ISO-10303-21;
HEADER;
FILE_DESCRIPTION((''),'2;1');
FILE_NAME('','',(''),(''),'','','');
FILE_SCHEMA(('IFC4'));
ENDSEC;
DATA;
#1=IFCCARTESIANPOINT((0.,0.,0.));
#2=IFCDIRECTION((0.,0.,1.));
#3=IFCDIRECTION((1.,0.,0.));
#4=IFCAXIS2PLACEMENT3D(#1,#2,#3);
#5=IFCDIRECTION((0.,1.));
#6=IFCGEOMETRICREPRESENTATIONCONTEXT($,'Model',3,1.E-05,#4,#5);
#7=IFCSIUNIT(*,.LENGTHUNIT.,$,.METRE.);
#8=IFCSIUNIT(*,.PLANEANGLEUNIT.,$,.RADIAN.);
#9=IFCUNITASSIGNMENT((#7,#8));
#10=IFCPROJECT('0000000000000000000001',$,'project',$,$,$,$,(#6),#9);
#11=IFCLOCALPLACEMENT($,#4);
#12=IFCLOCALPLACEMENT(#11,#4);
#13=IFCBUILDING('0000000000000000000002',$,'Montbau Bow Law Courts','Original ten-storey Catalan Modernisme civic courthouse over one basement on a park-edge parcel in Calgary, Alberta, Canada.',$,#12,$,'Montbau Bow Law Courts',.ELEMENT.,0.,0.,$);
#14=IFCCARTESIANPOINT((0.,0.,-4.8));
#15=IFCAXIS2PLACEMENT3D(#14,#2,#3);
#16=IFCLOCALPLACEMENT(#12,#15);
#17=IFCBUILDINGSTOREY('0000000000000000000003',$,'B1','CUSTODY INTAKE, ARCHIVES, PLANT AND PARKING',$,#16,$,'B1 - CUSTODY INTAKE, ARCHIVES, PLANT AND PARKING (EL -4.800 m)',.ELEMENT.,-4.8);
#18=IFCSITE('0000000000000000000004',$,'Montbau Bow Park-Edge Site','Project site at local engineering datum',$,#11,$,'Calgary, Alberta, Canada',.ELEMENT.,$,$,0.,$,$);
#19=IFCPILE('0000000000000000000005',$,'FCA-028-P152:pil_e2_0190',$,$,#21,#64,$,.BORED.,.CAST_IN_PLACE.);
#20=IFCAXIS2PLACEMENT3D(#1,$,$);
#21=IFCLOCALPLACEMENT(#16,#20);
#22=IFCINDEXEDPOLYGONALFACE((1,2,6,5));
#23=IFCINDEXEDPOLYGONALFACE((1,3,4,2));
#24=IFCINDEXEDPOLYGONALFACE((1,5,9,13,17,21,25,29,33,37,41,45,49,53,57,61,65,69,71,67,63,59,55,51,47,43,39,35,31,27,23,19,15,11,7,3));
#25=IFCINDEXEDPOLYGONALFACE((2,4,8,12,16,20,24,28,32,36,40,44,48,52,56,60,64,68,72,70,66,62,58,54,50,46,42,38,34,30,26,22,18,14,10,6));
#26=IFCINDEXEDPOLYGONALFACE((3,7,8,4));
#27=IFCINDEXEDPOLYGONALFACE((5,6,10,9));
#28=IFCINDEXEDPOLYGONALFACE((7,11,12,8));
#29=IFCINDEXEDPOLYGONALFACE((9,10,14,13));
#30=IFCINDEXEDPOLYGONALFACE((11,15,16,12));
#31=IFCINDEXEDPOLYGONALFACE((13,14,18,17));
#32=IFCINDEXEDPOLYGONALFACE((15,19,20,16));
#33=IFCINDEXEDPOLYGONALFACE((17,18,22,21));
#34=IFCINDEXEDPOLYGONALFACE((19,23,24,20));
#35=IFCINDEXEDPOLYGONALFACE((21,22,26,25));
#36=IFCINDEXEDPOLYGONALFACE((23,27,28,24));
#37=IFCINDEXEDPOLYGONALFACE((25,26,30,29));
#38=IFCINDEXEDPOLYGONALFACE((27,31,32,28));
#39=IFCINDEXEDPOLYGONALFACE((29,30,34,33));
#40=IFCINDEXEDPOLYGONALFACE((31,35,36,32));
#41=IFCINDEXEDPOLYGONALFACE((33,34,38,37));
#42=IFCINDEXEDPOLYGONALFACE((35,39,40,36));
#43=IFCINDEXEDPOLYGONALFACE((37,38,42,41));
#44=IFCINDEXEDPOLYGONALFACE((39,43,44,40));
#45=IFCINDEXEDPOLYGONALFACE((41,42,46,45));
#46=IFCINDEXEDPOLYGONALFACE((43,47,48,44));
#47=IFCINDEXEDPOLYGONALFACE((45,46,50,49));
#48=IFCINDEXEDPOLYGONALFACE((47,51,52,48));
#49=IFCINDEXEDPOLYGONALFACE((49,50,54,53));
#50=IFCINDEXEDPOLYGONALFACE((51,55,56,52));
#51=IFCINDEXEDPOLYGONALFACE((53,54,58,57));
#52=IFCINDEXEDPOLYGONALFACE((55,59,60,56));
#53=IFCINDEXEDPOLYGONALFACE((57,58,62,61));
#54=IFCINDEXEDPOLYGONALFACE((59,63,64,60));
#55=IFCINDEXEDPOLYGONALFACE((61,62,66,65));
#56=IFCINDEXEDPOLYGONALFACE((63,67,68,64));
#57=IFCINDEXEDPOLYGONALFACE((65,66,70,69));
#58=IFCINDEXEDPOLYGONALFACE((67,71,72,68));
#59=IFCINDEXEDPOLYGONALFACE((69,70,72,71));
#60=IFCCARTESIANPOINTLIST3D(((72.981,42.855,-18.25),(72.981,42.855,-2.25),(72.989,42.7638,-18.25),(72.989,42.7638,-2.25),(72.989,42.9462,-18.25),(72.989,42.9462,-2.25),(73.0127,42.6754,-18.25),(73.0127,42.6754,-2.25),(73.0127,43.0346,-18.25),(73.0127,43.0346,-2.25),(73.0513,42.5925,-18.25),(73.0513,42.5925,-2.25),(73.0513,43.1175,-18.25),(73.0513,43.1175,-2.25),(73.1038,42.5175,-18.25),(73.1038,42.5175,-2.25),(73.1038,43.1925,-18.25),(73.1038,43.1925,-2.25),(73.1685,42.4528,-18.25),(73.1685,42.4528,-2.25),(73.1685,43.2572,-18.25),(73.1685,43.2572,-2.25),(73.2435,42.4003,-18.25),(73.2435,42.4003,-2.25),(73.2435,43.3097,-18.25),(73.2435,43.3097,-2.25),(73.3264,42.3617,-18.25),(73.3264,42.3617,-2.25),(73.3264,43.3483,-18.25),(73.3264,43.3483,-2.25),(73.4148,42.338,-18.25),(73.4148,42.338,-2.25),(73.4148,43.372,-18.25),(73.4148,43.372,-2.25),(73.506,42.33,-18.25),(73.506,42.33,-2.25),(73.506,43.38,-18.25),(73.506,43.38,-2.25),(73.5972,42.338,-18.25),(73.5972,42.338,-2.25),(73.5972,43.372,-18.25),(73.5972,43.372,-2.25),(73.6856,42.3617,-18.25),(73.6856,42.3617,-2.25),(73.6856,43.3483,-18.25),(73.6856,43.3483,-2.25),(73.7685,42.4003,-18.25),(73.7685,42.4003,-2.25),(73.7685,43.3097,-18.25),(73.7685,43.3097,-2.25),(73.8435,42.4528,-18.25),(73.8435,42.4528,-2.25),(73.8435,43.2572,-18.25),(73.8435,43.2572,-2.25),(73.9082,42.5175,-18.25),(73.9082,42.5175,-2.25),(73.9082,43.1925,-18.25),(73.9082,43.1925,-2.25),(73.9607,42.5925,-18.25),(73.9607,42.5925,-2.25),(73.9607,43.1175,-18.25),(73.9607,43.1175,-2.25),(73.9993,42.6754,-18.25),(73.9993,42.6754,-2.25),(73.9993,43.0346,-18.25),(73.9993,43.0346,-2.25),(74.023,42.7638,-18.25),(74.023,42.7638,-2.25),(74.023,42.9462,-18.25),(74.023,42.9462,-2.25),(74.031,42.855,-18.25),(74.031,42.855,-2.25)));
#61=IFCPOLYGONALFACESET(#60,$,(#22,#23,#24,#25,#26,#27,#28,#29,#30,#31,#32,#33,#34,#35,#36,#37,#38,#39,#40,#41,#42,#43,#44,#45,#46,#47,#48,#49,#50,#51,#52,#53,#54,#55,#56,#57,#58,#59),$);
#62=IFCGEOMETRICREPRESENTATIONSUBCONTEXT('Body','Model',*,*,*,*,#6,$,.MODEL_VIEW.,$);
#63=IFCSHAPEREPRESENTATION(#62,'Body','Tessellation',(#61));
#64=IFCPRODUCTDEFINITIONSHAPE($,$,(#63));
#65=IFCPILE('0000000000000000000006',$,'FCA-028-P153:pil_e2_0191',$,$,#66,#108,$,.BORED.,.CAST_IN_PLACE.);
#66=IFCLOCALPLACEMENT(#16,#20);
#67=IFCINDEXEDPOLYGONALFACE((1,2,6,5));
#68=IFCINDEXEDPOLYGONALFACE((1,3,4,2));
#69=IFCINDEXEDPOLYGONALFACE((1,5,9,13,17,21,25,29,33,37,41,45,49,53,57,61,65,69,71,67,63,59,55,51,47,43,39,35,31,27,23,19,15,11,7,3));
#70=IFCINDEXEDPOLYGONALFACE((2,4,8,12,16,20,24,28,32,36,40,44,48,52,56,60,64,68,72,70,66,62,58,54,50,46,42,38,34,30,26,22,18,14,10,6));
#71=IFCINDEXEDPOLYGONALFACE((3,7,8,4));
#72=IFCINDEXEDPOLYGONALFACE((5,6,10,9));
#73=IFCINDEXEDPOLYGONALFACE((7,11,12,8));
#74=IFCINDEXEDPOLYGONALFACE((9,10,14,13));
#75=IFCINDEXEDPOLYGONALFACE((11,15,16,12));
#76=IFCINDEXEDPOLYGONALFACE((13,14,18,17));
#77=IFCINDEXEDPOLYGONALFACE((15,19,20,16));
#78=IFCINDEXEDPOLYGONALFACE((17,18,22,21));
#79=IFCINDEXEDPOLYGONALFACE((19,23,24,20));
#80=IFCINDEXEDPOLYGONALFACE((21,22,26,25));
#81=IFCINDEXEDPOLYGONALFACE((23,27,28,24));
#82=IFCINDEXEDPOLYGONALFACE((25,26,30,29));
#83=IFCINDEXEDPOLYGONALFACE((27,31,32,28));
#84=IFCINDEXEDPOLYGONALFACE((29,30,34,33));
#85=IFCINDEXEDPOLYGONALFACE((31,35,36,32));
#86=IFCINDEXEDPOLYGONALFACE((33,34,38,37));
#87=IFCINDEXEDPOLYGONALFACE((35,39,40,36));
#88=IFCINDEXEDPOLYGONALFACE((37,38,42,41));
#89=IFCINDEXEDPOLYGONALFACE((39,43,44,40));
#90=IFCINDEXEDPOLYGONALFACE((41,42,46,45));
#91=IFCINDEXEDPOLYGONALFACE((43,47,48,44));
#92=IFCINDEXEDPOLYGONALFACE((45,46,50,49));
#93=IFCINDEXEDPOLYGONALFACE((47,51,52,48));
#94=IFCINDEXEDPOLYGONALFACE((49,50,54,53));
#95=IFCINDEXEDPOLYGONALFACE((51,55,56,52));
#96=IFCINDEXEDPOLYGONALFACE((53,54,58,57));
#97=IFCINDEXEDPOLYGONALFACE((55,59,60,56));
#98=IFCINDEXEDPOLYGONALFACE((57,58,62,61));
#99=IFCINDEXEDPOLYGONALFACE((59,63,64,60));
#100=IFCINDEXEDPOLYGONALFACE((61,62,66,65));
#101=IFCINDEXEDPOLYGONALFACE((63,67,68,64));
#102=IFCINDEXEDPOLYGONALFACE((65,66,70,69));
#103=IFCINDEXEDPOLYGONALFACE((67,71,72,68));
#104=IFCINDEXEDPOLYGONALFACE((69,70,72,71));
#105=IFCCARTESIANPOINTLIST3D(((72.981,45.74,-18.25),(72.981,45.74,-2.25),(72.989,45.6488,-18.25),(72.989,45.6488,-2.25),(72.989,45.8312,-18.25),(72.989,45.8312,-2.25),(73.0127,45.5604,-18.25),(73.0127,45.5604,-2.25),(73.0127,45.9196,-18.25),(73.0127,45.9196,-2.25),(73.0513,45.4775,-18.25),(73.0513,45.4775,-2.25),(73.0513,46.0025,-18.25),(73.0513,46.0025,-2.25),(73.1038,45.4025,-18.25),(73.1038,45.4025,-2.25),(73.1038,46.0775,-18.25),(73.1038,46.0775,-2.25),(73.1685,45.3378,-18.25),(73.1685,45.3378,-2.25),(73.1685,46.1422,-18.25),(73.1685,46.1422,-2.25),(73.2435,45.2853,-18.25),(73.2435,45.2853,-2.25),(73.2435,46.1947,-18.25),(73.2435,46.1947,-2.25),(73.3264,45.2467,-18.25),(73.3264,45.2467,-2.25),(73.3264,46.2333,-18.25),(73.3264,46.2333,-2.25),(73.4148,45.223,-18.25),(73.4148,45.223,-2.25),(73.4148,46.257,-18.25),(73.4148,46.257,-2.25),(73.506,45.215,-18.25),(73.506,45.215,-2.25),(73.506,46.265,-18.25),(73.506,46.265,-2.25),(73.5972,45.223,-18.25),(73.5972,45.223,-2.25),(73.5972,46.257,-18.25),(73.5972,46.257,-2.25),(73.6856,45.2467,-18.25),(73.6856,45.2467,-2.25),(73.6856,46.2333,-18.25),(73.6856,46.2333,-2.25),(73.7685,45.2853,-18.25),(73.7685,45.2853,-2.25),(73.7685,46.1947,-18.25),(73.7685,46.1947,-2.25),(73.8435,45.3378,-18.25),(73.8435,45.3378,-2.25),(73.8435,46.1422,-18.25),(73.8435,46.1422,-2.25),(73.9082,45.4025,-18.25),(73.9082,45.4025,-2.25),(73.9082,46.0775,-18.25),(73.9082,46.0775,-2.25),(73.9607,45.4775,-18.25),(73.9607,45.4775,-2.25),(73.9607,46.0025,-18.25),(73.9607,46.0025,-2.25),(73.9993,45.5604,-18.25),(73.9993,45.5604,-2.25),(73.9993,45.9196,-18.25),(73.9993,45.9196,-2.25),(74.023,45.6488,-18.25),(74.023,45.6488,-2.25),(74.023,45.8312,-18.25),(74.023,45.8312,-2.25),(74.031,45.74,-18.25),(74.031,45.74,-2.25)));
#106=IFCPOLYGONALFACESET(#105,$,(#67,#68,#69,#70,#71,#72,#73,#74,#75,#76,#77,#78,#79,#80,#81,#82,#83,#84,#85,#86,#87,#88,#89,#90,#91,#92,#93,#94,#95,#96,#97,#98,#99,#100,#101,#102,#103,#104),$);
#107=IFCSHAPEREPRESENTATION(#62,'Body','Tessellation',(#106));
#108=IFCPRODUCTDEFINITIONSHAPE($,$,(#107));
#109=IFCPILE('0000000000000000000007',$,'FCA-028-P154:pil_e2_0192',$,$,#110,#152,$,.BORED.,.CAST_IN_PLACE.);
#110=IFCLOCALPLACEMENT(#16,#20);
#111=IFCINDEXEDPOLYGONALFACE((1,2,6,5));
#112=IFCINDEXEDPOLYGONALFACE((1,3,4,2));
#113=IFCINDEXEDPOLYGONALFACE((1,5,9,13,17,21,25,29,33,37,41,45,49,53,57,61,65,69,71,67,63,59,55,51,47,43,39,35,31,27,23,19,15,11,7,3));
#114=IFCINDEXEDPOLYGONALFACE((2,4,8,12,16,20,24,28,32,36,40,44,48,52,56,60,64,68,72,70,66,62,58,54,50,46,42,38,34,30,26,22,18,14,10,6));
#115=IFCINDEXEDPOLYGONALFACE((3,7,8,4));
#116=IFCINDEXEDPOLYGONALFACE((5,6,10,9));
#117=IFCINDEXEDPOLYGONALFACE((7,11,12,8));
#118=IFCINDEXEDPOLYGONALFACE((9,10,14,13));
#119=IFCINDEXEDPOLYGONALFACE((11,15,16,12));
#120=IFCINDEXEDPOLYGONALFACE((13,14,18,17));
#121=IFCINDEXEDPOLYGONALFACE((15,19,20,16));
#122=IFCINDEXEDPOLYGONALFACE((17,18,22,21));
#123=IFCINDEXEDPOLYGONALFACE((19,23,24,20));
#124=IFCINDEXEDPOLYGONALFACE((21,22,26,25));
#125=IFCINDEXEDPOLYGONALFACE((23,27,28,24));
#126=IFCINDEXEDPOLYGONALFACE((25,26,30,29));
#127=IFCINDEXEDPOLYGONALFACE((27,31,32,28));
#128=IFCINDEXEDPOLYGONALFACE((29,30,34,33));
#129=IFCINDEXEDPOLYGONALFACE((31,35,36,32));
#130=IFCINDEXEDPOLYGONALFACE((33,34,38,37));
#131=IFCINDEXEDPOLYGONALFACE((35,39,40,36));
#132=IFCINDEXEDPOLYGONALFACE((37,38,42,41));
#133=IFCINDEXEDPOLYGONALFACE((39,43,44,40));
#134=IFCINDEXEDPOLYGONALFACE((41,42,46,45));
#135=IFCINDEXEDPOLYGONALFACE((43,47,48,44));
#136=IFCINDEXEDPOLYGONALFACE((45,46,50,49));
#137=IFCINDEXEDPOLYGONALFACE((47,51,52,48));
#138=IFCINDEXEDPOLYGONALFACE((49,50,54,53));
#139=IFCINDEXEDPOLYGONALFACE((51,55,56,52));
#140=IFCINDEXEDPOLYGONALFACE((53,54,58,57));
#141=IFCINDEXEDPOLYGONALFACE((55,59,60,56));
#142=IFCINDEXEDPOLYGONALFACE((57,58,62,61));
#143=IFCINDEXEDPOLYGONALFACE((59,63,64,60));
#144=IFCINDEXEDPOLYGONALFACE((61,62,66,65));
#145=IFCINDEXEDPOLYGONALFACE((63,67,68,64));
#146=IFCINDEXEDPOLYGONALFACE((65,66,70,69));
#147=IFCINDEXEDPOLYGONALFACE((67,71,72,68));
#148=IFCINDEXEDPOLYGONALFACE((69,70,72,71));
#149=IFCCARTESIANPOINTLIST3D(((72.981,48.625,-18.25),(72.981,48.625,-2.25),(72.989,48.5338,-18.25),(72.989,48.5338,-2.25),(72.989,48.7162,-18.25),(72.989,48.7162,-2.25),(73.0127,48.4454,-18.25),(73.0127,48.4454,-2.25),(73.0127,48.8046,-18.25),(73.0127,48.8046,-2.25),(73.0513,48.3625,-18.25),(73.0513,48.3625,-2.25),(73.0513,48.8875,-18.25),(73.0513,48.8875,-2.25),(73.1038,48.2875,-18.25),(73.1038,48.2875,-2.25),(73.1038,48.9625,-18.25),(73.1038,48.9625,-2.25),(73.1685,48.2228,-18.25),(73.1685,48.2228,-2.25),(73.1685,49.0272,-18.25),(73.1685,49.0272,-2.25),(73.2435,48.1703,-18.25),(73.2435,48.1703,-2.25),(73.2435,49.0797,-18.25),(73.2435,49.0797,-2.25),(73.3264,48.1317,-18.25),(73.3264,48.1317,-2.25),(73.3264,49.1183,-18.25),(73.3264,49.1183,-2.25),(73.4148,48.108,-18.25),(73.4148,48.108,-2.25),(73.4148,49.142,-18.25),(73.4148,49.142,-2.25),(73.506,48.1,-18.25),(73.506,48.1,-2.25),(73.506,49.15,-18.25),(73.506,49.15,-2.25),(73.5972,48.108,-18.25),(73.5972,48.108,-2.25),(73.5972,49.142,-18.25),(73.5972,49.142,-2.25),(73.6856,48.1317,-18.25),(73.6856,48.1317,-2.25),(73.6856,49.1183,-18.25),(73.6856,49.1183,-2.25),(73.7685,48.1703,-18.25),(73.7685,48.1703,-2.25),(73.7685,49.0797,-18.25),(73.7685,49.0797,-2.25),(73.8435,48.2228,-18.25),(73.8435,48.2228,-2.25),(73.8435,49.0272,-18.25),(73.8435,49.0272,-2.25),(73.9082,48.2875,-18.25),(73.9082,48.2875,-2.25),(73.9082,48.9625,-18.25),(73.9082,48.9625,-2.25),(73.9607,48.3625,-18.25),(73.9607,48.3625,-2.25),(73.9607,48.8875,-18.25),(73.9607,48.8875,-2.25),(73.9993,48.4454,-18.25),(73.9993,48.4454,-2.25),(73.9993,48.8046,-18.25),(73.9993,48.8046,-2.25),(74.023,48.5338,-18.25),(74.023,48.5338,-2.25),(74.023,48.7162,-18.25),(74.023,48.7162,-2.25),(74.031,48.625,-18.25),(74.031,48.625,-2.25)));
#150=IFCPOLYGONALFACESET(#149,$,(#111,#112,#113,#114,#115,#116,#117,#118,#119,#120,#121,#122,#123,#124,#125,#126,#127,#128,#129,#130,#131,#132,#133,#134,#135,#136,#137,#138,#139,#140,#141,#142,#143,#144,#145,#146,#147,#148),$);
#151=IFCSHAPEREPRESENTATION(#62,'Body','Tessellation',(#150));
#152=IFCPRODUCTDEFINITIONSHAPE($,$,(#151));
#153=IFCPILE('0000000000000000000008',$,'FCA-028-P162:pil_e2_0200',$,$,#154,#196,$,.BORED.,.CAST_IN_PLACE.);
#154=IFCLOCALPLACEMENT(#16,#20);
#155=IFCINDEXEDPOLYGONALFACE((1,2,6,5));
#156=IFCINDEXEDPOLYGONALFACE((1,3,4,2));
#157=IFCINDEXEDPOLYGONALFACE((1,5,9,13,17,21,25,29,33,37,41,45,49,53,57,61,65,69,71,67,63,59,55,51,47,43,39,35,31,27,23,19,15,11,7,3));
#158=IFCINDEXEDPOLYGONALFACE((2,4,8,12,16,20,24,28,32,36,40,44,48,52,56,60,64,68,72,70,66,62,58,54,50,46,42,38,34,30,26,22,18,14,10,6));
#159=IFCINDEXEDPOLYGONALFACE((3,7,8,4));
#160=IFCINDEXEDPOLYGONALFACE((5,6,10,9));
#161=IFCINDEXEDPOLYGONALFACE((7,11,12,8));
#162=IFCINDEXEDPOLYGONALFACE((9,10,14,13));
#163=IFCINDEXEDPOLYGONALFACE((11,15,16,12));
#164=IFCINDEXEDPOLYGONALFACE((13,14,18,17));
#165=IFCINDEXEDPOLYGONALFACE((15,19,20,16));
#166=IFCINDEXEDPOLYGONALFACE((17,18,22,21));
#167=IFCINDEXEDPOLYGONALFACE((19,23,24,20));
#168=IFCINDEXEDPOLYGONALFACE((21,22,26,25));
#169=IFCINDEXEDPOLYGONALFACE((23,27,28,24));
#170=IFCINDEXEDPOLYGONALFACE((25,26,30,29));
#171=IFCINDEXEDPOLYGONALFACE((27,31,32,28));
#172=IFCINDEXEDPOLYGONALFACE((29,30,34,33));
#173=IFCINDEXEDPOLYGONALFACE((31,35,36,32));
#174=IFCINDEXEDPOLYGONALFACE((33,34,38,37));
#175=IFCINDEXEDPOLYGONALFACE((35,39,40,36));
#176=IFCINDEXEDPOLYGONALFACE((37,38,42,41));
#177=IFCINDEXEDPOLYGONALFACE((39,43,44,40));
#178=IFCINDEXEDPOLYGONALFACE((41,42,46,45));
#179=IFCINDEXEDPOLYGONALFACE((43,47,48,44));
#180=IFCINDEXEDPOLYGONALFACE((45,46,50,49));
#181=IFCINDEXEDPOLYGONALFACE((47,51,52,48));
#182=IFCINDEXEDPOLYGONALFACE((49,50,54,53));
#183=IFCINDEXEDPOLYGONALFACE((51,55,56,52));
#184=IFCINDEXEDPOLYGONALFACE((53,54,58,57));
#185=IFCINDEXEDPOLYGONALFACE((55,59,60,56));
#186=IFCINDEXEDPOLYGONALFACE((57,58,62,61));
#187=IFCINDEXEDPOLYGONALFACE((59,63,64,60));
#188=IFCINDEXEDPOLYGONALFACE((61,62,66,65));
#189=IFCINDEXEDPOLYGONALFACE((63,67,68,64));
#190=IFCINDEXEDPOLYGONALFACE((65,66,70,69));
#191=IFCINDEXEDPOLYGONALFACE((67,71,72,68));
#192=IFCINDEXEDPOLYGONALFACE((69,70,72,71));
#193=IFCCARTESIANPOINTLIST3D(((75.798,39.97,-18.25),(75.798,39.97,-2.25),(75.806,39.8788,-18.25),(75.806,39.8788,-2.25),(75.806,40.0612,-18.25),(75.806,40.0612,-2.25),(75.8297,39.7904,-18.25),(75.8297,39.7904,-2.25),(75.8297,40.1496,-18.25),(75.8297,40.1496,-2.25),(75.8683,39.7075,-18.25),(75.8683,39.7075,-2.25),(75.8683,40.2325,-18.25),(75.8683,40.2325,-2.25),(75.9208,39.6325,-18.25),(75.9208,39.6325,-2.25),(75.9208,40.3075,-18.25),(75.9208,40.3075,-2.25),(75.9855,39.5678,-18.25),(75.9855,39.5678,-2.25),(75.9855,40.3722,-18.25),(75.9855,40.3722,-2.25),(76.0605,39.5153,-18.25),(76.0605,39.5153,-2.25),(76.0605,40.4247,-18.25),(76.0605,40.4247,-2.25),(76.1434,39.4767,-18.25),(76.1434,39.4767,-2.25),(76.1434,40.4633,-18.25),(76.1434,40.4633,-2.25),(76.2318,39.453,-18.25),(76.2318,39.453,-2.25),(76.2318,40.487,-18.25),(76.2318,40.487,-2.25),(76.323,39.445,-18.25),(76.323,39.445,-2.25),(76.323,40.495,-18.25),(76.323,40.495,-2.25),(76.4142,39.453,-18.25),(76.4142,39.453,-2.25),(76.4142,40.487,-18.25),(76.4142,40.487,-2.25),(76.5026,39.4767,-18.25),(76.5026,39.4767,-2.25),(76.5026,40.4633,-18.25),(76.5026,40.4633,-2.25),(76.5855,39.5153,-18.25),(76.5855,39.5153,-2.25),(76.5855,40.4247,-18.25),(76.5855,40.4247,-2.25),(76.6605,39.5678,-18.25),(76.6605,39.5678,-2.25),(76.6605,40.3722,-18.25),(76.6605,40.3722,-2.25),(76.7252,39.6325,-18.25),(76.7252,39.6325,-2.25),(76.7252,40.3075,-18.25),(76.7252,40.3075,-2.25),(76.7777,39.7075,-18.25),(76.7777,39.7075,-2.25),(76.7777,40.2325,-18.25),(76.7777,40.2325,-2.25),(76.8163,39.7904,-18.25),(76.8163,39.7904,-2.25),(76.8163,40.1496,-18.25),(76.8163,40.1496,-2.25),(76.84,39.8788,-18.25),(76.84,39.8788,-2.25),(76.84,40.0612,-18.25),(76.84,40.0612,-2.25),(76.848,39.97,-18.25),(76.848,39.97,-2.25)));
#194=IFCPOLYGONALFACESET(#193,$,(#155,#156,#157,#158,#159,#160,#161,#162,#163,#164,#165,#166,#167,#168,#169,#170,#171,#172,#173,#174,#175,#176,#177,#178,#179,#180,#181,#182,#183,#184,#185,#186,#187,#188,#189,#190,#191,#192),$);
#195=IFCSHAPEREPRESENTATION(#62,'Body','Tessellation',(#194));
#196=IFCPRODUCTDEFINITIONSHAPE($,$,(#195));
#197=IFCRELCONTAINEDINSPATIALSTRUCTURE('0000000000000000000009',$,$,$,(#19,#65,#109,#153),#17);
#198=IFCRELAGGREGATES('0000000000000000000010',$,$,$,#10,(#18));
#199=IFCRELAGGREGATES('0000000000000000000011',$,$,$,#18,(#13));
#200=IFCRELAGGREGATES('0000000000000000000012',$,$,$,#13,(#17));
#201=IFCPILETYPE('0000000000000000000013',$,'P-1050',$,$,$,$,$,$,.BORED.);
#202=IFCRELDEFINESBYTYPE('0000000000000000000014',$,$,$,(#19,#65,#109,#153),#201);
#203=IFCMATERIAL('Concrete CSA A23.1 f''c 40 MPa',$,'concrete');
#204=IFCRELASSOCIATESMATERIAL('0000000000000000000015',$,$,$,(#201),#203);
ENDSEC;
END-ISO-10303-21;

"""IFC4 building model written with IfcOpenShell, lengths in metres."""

from ifc_helpers import new_model, si_unit, direction, frame, origin_with_axes, origin_2d_with_axis, place, context, subcontext, project, spatial, circle, extrude, material, material_profile, profile_set, type_object, element, save


model = new_model("IFC4")

# Units and contexts
model_context = context("Model", 3, precision=1e-05, world=origin_with_axes(), true_north=direction((0.0, 1.0)))
body_context = subcontext(model_context, "Body", "Model", "MODEL_VIEW")
ifc_project = project(units=[si_unit("LENGTHUNIT", "METRE"), si_unit("PLANEANGLEUNIT", "RADIAN")], contexts=[model_context])

# Site, building, storey
site_placement = place(None, origin_with_axes())
site = spatial("IfcSite", under=ifc_project, at=site_placement, Name="Montbau Bow Park-Edge Site", Description="Project site at local engineering datum", LongName="Calgary, Alberta, Canada", CompositionType="ELEMENT", RefElevation=0.0)
building_placement = place(site_placement, origin_with_axes())
building = spatial("IfcBuilding", under=site, at=building_placement, Name="Montbau Bow Law Courts", Description="Original ten-storey Catalan Modernisme civic courthouse over one basement on a park-edge parcel in Calgary, Alberta, Canada.", LongName="Montbau Bow Law Courts", CompositionType="ELEMENT", ElevationOfRefHeight=0.0, ElevationOfTerrain=0.0)
storey_placement = place(building_placement, frame((0.0, 0.0, -4.8), z_axis=(0.0, 0.0, 1.0), x_axis=(1.0, 0.0, 0.0)))
storey = spatial("IfcBuildingStorey", under=building, at=storey_placement, Name="B1", Description="CUSTODY INTAKE, ARCHIVES, PLANT AND PARKING", LongName="B1 - CUSTODY INTAKE, ARCHIVES, PLANT AND PARKING (EL -4.800 m)", CompositionType="ELEMENT", Elevation=-4.8)

# Piles
ifc_material_1 = material(Name="Concrete CSA A23.1 f'c 40 MPa", Category="concrete")
ifc_material_profile_1 = material_profile(ifc_material_1, circle(Radius=0.525, at=origin_2d_with_axis()), Name="BP1050", Category="Main", Priority=0)
ifc_profile_set_1 = profile_set([ifc_material_profile_1], Name="Concrete CSA A23.1 f'c 40 MPa")
pile_type = type_object("IfcPileType", Name="P-1050", PredefinedType="BORED", material=ifc_profile_set_1)
for number, where, z_axis, x_axis, name in (
    (1, (73.506, 42.855, -23.05), (0.0, 0.0, 1.0), (1.0, 0.0, 0.0), "FCA-028-P152:pil_e2_0190"),
    (2, (73.506, 45.74, -23.05), (0.0, 0.0, 1.0), (1.0, 0.0, 0.0), "FCA-028-P153:pil_e2_0191"),
    (3, (73.506, 48.625, -23.05), (0.0, 0.0, 1.0), (1.0, 0.0, 0.0), "FCA-028-P154:pil_e2_0192"),
    (4, (76.323, 39.97, -23.05), (0.0, 0.0, 1.0), (1.0, 0.0, 0.0), "FCA-028-P162:pil_e2_0200"),
):
    element("IfcPile", number, at=place(None, frame(where, z_axis=z_axis, x_axis=x_axis)), inside=storey, type_object=pile_type, Name=name, ConstructionType="CAST_IN_PLACE", PredefinedType="BORED", context=body_context, shape_type="SweptSolid", body=[
        extrude(circle(Radius=0.525, at=origin_2d_with_axis()), origin_with_axes(), (0.0, 0.0, 1.0), 16.0),
    ])

save(model, "model.ifc")
